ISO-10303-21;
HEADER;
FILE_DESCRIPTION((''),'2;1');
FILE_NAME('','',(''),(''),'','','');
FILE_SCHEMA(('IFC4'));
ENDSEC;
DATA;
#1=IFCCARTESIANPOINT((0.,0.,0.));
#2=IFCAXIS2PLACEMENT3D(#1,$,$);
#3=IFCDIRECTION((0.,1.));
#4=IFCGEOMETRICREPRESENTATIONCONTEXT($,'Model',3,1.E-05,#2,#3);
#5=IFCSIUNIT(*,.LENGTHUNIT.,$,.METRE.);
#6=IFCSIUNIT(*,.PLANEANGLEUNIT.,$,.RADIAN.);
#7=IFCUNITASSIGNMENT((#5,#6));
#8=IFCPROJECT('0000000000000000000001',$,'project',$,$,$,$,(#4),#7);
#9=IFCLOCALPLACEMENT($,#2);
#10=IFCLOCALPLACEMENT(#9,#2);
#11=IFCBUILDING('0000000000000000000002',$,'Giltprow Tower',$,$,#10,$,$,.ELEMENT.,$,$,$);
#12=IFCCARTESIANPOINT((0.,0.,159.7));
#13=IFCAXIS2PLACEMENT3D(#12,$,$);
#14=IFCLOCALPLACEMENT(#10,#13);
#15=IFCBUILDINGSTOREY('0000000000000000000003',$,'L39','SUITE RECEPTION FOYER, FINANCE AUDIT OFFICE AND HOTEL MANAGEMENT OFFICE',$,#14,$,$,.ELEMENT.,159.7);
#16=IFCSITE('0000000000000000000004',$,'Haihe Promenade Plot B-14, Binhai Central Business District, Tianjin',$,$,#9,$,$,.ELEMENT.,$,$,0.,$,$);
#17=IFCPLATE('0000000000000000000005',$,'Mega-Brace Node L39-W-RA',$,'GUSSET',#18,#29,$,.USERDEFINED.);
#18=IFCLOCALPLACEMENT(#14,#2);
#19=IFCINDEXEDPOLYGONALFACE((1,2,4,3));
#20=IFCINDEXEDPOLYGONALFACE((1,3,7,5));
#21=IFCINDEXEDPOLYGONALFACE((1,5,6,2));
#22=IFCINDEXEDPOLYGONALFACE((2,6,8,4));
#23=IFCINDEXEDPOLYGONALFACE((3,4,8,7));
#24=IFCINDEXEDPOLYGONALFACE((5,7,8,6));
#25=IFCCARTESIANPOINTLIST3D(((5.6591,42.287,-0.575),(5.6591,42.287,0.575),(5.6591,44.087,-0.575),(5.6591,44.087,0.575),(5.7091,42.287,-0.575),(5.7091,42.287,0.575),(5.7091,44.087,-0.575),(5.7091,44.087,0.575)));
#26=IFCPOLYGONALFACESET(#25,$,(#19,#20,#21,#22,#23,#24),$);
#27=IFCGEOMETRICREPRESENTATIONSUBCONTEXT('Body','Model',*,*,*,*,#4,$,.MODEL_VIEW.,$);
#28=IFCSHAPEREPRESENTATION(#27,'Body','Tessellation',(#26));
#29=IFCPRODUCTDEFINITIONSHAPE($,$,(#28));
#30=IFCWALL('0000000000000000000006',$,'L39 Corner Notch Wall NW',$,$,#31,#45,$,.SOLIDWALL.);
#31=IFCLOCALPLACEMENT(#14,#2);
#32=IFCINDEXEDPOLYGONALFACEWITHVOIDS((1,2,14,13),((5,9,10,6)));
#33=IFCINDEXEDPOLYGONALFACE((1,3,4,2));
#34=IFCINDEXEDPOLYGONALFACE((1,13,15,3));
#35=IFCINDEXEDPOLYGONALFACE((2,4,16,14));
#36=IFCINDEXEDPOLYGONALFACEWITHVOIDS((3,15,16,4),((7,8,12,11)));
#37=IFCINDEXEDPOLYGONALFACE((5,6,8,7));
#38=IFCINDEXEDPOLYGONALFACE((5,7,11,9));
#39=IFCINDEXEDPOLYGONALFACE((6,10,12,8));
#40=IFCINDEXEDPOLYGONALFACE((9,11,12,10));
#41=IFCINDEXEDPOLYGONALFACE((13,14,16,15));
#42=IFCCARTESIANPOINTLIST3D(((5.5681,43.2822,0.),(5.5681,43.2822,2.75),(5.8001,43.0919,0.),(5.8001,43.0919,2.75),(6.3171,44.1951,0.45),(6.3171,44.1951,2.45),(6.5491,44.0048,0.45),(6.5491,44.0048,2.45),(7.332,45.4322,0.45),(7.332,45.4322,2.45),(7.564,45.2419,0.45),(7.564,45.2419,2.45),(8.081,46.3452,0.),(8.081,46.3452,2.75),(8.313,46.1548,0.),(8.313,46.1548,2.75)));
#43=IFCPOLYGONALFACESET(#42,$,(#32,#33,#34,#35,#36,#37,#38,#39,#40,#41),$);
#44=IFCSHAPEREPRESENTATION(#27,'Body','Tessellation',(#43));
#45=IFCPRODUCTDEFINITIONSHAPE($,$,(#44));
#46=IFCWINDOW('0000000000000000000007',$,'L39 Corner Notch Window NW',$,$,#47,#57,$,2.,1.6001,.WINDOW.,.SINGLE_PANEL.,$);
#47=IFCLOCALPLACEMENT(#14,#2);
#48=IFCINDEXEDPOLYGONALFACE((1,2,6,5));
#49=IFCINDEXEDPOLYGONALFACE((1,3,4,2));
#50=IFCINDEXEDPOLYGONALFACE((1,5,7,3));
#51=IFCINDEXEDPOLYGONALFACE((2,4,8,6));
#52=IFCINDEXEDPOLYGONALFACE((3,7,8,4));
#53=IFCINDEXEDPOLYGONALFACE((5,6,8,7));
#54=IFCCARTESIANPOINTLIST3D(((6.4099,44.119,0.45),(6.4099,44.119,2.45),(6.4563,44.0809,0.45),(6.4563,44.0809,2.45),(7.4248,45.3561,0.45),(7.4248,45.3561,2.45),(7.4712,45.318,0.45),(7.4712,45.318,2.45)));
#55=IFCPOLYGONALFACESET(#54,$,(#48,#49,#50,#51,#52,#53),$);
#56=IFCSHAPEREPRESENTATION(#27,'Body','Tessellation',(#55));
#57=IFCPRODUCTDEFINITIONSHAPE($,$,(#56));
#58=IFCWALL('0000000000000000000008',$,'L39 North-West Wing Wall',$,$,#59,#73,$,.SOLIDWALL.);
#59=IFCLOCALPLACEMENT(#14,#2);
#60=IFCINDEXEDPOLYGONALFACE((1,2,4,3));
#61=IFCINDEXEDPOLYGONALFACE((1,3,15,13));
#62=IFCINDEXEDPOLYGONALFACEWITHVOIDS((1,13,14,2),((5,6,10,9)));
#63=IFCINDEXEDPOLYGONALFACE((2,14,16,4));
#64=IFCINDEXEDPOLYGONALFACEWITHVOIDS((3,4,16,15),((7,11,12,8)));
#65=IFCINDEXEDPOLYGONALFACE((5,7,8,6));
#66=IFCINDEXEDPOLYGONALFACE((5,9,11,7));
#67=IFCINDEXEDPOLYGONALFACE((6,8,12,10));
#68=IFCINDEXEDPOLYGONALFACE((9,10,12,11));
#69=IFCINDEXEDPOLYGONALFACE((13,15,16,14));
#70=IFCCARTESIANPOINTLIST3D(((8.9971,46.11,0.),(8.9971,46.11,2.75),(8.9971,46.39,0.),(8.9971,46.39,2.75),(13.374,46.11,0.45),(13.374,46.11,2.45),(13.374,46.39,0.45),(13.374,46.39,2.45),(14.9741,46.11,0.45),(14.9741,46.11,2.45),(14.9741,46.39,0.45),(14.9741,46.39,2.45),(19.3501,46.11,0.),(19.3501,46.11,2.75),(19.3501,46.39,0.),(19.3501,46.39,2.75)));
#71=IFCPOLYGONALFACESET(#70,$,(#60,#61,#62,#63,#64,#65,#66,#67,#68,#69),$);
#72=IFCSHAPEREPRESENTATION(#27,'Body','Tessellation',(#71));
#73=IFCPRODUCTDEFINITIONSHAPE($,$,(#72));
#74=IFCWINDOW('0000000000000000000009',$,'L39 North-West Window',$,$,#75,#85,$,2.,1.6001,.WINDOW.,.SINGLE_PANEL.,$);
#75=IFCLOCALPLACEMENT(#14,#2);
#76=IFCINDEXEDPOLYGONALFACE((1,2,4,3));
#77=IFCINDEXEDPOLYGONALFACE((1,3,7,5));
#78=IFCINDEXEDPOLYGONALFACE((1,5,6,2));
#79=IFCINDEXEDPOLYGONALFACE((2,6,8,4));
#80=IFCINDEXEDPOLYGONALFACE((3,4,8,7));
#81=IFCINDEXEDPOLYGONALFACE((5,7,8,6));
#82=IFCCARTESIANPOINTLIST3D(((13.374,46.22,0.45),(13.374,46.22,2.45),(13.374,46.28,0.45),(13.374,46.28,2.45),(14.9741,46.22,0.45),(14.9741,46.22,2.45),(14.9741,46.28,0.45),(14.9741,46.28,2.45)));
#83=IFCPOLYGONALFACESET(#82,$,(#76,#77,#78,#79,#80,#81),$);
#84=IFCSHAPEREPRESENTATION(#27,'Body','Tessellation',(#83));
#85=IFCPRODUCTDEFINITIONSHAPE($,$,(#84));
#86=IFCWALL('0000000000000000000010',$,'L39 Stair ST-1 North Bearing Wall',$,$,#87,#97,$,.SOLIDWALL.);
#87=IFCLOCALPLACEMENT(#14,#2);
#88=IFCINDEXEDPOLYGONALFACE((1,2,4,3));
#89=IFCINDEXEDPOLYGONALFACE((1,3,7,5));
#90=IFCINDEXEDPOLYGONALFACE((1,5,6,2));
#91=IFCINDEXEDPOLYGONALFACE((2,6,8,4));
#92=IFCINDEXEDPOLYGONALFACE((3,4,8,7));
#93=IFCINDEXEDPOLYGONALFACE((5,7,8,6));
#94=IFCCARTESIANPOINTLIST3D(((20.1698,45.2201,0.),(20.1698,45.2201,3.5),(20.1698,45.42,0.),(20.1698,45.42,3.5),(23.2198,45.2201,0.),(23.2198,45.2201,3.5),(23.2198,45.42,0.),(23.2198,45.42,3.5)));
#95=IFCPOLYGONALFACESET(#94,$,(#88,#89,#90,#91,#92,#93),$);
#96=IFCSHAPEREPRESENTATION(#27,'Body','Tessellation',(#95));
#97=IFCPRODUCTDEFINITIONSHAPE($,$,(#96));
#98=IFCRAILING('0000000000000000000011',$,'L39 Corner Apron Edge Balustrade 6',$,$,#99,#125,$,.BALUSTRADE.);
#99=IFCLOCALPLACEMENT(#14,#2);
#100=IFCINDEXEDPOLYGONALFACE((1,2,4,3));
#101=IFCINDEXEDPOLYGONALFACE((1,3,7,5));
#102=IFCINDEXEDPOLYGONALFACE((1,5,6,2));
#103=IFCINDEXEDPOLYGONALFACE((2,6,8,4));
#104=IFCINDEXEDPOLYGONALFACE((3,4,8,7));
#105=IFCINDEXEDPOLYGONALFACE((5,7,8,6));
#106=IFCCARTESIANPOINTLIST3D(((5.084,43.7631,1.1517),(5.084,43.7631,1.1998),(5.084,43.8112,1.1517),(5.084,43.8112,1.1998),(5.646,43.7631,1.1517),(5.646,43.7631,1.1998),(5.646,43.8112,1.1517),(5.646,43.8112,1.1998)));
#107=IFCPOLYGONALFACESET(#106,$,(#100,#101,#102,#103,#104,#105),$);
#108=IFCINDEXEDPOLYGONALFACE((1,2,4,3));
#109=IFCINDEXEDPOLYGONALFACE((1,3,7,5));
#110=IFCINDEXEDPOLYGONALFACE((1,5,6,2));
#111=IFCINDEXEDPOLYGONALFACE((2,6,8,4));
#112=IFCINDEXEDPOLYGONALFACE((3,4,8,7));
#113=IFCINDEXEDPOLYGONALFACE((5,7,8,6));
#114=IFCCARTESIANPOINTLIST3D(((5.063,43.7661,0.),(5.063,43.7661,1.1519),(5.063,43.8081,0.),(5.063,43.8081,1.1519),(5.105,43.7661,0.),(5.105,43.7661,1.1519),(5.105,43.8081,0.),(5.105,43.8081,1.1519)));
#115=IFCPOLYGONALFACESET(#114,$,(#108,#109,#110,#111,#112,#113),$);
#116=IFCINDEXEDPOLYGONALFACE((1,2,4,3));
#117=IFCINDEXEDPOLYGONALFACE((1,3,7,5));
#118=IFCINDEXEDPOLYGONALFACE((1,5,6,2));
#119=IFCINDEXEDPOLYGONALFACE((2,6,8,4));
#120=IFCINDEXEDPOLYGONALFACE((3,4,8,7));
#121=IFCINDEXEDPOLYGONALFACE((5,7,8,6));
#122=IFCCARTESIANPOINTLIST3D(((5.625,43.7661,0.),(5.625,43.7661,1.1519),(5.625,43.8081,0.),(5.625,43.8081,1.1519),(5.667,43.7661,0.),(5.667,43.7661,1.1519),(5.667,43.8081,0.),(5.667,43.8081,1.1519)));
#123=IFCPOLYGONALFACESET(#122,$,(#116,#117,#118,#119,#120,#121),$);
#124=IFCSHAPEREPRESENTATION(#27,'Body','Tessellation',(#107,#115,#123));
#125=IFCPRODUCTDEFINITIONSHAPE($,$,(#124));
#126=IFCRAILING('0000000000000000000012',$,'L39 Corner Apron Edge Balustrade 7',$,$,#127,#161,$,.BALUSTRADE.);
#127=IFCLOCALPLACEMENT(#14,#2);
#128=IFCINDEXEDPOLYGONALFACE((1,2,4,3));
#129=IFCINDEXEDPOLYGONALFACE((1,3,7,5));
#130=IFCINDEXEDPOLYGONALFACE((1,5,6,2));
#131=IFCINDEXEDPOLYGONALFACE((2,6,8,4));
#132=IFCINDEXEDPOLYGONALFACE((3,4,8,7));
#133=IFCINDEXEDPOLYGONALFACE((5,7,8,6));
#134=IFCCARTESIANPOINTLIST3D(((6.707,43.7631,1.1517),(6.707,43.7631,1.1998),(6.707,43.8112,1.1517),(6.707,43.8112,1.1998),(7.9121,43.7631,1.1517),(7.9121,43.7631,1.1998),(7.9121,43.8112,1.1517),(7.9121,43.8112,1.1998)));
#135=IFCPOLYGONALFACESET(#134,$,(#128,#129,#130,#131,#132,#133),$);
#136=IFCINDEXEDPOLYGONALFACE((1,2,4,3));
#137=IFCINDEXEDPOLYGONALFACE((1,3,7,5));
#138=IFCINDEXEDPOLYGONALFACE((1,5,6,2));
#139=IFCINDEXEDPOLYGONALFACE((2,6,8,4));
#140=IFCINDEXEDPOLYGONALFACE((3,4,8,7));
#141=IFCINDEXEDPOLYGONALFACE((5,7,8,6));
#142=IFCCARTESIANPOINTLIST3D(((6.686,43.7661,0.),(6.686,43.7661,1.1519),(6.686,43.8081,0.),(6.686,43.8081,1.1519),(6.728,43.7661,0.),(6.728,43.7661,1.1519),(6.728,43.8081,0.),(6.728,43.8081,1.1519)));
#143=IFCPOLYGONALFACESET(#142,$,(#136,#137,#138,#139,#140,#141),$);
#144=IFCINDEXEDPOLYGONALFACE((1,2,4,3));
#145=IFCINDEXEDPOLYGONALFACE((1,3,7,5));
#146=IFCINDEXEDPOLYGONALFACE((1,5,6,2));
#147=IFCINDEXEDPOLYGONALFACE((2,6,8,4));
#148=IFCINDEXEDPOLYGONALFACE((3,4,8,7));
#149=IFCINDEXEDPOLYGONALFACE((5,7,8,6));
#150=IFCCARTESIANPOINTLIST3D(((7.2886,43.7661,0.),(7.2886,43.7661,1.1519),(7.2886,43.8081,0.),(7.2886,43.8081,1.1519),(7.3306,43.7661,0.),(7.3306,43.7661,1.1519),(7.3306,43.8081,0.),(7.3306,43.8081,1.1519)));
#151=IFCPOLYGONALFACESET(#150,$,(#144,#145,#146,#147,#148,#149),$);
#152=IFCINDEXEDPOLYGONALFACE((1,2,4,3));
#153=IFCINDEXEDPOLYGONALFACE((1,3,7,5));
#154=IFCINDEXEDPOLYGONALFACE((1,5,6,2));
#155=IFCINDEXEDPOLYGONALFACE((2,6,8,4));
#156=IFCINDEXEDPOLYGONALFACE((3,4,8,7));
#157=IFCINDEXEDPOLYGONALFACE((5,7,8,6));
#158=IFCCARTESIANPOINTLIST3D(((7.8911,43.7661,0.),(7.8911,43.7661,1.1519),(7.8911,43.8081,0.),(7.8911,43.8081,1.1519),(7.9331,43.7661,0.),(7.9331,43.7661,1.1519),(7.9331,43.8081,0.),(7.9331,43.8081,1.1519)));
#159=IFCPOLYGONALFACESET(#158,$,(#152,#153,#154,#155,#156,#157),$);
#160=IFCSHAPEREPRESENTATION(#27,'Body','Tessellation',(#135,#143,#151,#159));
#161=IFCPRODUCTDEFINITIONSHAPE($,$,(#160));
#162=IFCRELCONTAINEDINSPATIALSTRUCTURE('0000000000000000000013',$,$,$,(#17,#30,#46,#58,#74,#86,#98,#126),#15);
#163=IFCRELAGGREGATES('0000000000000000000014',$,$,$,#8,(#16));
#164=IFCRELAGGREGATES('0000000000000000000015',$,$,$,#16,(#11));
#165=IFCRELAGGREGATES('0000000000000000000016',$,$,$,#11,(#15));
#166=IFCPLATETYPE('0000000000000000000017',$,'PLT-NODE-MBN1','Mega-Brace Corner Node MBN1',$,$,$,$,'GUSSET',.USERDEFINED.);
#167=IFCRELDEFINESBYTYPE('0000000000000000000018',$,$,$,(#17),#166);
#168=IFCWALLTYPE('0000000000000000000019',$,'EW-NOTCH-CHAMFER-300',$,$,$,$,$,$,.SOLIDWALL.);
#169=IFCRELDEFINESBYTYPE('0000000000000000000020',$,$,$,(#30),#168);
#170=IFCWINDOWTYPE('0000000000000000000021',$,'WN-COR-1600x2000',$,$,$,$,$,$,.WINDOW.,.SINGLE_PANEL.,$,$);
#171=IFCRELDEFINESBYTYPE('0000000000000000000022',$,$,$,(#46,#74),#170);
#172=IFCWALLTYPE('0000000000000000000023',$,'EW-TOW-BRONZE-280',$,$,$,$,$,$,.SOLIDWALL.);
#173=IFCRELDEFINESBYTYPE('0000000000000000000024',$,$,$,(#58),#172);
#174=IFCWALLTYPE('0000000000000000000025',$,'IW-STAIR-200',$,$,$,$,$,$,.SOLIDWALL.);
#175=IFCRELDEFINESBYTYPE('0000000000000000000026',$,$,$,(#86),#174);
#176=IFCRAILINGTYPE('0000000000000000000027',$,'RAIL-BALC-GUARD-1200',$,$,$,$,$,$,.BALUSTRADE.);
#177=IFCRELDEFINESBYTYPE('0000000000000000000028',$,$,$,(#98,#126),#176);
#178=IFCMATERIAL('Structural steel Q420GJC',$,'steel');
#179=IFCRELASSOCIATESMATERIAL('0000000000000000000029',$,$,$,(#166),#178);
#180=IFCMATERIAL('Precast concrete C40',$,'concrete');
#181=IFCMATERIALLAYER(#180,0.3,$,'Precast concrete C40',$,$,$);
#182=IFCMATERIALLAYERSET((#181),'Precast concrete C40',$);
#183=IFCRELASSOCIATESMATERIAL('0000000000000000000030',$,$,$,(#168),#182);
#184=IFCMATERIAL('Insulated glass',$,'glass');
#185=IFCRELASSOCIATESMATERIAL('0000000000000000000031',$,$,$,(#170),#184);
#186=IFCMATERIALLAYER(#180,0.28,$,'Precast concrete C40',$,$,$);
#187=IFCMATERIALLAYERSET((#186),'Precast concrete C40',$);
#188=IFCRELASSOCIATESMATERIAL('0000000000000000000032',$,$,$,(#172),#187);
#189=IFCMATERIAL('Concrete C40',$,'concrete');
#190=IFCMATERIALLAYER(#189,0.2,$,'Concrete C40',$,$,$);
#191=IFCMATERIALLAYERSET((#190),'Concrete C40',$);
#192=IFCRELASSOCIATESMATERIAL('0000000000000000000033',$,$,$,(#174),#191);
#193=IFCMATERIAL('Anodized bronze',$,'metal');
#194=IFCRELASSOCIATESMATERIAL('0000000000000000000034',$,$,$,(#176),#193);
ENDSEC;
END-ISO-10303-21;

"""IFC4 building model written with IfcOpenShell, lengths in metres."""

from ifc_helpers import new_model, si_unit, direction, frame, frame_2d, origin, origin_2d, place, context, subcontext, project, spatial, rectangle, extrude, source, transform, mapped, material, layer, layer_set, type_object, element, fill, save


model = new_model("IFC4")

# Units and contexts
model_context = context("Model", 3, precision=1e-05, world=origin(), true_north=direction((0.0, 1.0)))
body_context = subcontext(model_context, "Body", "Model", "MODEL_VIEW")
ifc_project = project(units=[si_unit("LENGTHUNIT", "METRE"), si_unit("PLANEANGLEUNIT", "RADIAN")], contexts=[model_context])

# Site, building, storey
site_placement = place(None, origin())
site = spatial("IfcSite", under=ifc_project, at=site_placement, Name="Haihe Promenade Plot B-14, Binhai Central Business District, Tianjin", CompositionType="ELEMENT", RefElevation=0.0)
building_placement = place(site_placement, origin())
building = spatial("IfcBuilding", under=site, at=building_placement, Name="Giltprow Tower", CompositionType="ELEMENT")
storey_placement = place(building_placement, frame((0.0, 0.0, 159.7)))
storey = spatial("IfcBuildingStorey", under=building, at=storey_placement, Name="L39", Description="SUITE RECEPTION FOYER, FINANCE AUDIT OFFICE AND HOTEL MANAGEMENT OFFICE", CompositionType="ELEMENT", Elevation=159.7)

# Shared definitions
ifc_material_1 = material(Name="Structural steel Q420GJC", Category="steel")

# Plate
plate_type = type_object("IfcPlateType", Name="PLT-NODE-MBN1", Description="Mega-Brace Corner Node MBN1", ElementType="GUSSET", PredefinedType="USERDEFINED", material=ifc_material_1)
shared_shape_1 = source(origin(), body_context, "Body", "SweptSolid", [
    extrude(rectangle(XDim=1.8, YDim=0.05, at=origin_2d()), origin(), (0.0, 0.0, 1.0), 1.1499),
])
for number, where, z_axis, x_axis, name in (
    (1, (5.6841, 43.187, -0.575), (0.0, 0.0, 1.0), (0.0, 1.0, 0.0), "Mega-Brace Node L39-W-RA"),
):
    element("IfcPlate", number, at=place(storey_placement, frame(where, z_axis=z_axis, x_axis=x_axis)), inside=storey, type_object=plate_type, Name=name, ObjectType="GUSSET", PredefinedType="USERDEFINED", context=body_context, shape_type="MappedRepresentation", body=[
        mapped(shared_shape_1, transform((0.0, 0.0, 0.0), x_axis=(1.0, 0.0, 0.0), y_axis=(0.0, 1.0, 0.0), z_axis=(0.0, 0.0, 1.0), scale=1.0)),
    ])

# Walls, openings, windows
ifc_material_2 = material(Name="Precast concrete C40", Category="concrete")
ifc_layer_1 = layer(ifc_material_2, 0.3, Name="Precast concrete C40")
ifc_layer_set_1 = layer_set([ifc_layer_1], Name="Precast concrete C40")
wall_type_1 = type_object("IfcWallType", Name="EW-NOTCH-CHAMFER-300", PredefinedType="SOLIDWALL", material=ifc_layer_set_1)
wall_1_placement = place(storey_placement, frame((8.197, 46.25, 0.0), z_axis=(0.0, 0.0, 1.0), x_axis=(-0.634274, -0.773108, 0.0)))
wall_1 = element("IfcWall", 2, at=wall_1_placement, inside=storey, type_object=wall_type_1, Name="L39 Corner Notch Wall NW", PredefinedType="SOLIDWALL", context=body_context, shape_type="SweptSolid", body=[
    extrude(rectangle(XDim=3.9619, YDim=0.3, at=frame_2d((1.981, 0.0))), origin(), (0.0, 0.0, 1.0), 2.75),
])
opening_1_placement = place(wall_1_placement, frame((1.1809, 0.0, 0.45)))
opening_1 = element("IfcOpeningElement", 3, at=opening_1_placement, cuts=wall_1, PredefinedType="OPENING", context=body_context, shape_type="SweptSolid", body=[
    extrude(rectangle(XDim=1.6001, YDim=2.0, at=frame_2d((0.8, 1.0))), frame((0.0, 0.1599, 0.0), z_axis=(0.0, -1.0, 0.0), x_axis=(1.0, 0.0, 0.0)), (0.0, 0.0, 1.0), 0.3201),
])
ifc_material_3 = material(Name="Insulated glass", Category="glass")
window_type = type_object("IfcWindowType", Name="WN-COR-1600x2000", PartitioningType="SINGLE_PANEL", PredefinedType="WINDOW", material=ifc_material_3)
shared_shape_2 = source(origin(), body_context, "Body", "SweptSolid", [
    extrude(rectangle(XDim=1.6001, YDim=2.0, at=frame_2d((0.8, 1.0))), frame((0.0, 0.03, 0.0), z_axis=(0.0, -1.0, 0.0), x_axis=(1.0, 0.0, 0.0)), (0.0, 0.0, 1.0), 0.0601),
])
window_1_placement = place(opening_1_placement, origin())
window_1 = element("IfcWindow", 4, at=window_1_placement, inside=storey, type_object=window_type, Name="L39 Corner Notch Window NW", OverallHeight=2.0, OverallWidth=1.6001, PartitioningType="SINGLE_PANEL", PredefinedType="WINDOW", context=body_context, shape_type="MappedRepresentation", body=[
    mapped(shared_shape_2, transform((0.0, 0.0, 0.0), x_axis=(1.0, 0.0, 0.0), y_axis=(0.0, 1.0, 0.0), z_axis=(0.0, 0.0, 1.0), scale=1.0)),
])
fill(opening_1, window_1)
ifc_layer_2 = layer(ifc_material_2, 0.28, Name="Precast concrete C40")
ifc_layer_set_2 = layer_set([ifc_layer_2], Name="Precast concrete C40")
wall_type_2 = type_object("IfcWallType", Name="EW-TOW-BRONZE-280", PredefinedType="SOLIDWALL", material=ifc_layer_set_2)
wall_2_placement = place(storey_placement, frame((8.9971, 46.25, 0.0), z_axis=(0.0, 0.0, 1.0), x_axis=(1.0, 0.0, 0.0)))
wall_2 = element("IfcWall", 5, at=wall_2_placement, inside=storey, type_object=wall_type_2, Name="L39 North-West Wing Wall", PredefinedType="SOLIDWALL", context=body_context, shape_type="SweptSolid", body=[
    extrude(rectangle(XDim=10.353, YDim=0.28, at=frame_2d((5.1765, 0.0))), origin(), (0.0, 0.0, 1.0), 2.75),
])
opening_2_placement = place(wall_2_placement, frame((4.377, 0.0, 0.45)))
opening_2 = element("IfcOpeningElement", 6, at=opening_2_placement, cuts=wall_2, PredefinedType="OPENING", context=body_context, shape_type="SweptSolid", body=[
    extrude(rectangle(XDim=1.6001, YDim=2.0, at=frame_2d((0.8, 1.0))), frame((0.0, 0.1499, 0.0), z_axis=(0.0, -1.0, 0.0), x_axis=(1.0, 0.0, 0.0)), (0.0, 0.0, 1.0), 0.3),
])
window_2_placement = place(opening_2_placement, origin())
window_2 = element("IfcWindow", 7, at=window_2_placement, inside=storey, type_object=window_type, Name="L39 North-West Window", OverallHeight=2.0, OverallWidth=1.6001, PartitioningType="SINGLE_PANEL", PredefinedType="WINDOW", context=body_context, shape_type="MappedRepresentation", body=[
    mapped(shared_shape_2, transform((0.0, 0.0, 0.0), x_axis=(1.0, 0.0, 0.0), y_axis=(0.0, 1.0, 0.0), z_axis=(0.0, 0.0, 1.0), scale=1.0)),
])
fill(opening_2, window_2)

# Wall
ifc_material_4 = material(Name="Concrete C40", Category="concrete")
ifc_layer_3 = layer(ifc_material_4, 0.2, Name="Concrete C40")
ifc_layer_set_3 = layer_set([ifc_layer_3], Name="Concrete C40")
wall_type_3 = type_object("IfcWallType", Name="IW-STAIR-200", PredefinedType="SOLIDWALL", material=ifc_layer_set_3)
wall_3_placement = place(storey_placement, frame((20.1699, 45.3201, 0.0), z_axis=(0.0, 0.0, 1.0), x_axis=(1.0, 0.0, 0.0)))
element("IfcWall", 8, at=wall_3_placement, inside=storey, type_object=wall_type_3, Name="L39 Stair ST-1 North Bearing Wall", PredefinedType="SOLIDWALL", context=body_context, shape_type="SweptSolid", body=[
    extrude(rectangle(XDim=3.05, YDim=0.2, at=frame_2d((1.5249, 0.0))), origin(), (0.0, 0.0, 1.0), 3.5),
])

# Railings
ifc_material_5 = material(Name="Anodized bronze", Category="metal")
railing_type = type_object("IfcRailingType", Name="RAIL-BALC-GUARD-1200", PredefinedType="BALUSTRADE", material=ifc_material_5)
railing_1_placement = place(storey_placement, frame((5.084, 43.7871, 0.0)))
element("IfcRailing", 9, at=railing_1_placement, inside=storey, type_object=railing_type, Name="L39 Corner Apron Edge Balustrade 6", PredefinedType="BALUSTRADE", context=body_context, shape_type="SweptSolid", body=[
    extrude(rectangle(XDim=0.0481, YDim=0.0481, at=origin_2d()), frame((0.0, 0.0, 1.1758), z_axis=(1.0, 0.0, 0.0), x_axis=(0.0, 1.0, 0.0)), (0.0, 0.0, 1.0), 0.562),
    extrude(rectangle(XDim=0.042, YDim=0.042, at=origin_2d()), origin(), (0.0, 0.0, 1.0), 1.1519),
    extrude(rectangle(XDim=0.042, YDim=0.042, at=origin_2d()), frame((0.562, 0.0, 0.0)), (0.0, 0.0, 1.0), 1.1519),
])
railing_2_placement = place(storey_placement, frame((6.707, 43.7871, 0.0)))
element("IfcRailing", 10, at=railing_2_placement, inside=storey, type_object=railing_type, Name="L39 Corner Apron Edge Balustrade 7", PredefinedType="BALUSTRADE", context=body_context, shape_type="SweptSolid", body=[
    extrude(rectangle(XDim=0.0481, YDim=0.0481, at=origin_2d()), frame((0.0, 0.0, 1.1758), z_axis=(1.0, 0.0, 0.0), x_axis=(0.0, 1.0, 0.0)), (0.0, 0.0, 1.0), 1.2051),
    extrude(rectangle(XDim=0.042, YDim=0.042, at=origin_2d()), origin(), (0.0, 0.0, 1.0), 1.1519),
    extrude(rectangle(XDim=0.042, YDim=0.042, at=origin_2d()), frame((0.6025, 0.0, 0.0)), (0.0, 0.0, 1.0), 1.1519),
    extrude(rectangle(XDim=0.042, YDim=0.042, at=origin_2d()), frame((1.2051, 0.0, 0.0)), (0.0, 0.0, 1.0), 1.1519),
])

save(model, "model.ifc")
